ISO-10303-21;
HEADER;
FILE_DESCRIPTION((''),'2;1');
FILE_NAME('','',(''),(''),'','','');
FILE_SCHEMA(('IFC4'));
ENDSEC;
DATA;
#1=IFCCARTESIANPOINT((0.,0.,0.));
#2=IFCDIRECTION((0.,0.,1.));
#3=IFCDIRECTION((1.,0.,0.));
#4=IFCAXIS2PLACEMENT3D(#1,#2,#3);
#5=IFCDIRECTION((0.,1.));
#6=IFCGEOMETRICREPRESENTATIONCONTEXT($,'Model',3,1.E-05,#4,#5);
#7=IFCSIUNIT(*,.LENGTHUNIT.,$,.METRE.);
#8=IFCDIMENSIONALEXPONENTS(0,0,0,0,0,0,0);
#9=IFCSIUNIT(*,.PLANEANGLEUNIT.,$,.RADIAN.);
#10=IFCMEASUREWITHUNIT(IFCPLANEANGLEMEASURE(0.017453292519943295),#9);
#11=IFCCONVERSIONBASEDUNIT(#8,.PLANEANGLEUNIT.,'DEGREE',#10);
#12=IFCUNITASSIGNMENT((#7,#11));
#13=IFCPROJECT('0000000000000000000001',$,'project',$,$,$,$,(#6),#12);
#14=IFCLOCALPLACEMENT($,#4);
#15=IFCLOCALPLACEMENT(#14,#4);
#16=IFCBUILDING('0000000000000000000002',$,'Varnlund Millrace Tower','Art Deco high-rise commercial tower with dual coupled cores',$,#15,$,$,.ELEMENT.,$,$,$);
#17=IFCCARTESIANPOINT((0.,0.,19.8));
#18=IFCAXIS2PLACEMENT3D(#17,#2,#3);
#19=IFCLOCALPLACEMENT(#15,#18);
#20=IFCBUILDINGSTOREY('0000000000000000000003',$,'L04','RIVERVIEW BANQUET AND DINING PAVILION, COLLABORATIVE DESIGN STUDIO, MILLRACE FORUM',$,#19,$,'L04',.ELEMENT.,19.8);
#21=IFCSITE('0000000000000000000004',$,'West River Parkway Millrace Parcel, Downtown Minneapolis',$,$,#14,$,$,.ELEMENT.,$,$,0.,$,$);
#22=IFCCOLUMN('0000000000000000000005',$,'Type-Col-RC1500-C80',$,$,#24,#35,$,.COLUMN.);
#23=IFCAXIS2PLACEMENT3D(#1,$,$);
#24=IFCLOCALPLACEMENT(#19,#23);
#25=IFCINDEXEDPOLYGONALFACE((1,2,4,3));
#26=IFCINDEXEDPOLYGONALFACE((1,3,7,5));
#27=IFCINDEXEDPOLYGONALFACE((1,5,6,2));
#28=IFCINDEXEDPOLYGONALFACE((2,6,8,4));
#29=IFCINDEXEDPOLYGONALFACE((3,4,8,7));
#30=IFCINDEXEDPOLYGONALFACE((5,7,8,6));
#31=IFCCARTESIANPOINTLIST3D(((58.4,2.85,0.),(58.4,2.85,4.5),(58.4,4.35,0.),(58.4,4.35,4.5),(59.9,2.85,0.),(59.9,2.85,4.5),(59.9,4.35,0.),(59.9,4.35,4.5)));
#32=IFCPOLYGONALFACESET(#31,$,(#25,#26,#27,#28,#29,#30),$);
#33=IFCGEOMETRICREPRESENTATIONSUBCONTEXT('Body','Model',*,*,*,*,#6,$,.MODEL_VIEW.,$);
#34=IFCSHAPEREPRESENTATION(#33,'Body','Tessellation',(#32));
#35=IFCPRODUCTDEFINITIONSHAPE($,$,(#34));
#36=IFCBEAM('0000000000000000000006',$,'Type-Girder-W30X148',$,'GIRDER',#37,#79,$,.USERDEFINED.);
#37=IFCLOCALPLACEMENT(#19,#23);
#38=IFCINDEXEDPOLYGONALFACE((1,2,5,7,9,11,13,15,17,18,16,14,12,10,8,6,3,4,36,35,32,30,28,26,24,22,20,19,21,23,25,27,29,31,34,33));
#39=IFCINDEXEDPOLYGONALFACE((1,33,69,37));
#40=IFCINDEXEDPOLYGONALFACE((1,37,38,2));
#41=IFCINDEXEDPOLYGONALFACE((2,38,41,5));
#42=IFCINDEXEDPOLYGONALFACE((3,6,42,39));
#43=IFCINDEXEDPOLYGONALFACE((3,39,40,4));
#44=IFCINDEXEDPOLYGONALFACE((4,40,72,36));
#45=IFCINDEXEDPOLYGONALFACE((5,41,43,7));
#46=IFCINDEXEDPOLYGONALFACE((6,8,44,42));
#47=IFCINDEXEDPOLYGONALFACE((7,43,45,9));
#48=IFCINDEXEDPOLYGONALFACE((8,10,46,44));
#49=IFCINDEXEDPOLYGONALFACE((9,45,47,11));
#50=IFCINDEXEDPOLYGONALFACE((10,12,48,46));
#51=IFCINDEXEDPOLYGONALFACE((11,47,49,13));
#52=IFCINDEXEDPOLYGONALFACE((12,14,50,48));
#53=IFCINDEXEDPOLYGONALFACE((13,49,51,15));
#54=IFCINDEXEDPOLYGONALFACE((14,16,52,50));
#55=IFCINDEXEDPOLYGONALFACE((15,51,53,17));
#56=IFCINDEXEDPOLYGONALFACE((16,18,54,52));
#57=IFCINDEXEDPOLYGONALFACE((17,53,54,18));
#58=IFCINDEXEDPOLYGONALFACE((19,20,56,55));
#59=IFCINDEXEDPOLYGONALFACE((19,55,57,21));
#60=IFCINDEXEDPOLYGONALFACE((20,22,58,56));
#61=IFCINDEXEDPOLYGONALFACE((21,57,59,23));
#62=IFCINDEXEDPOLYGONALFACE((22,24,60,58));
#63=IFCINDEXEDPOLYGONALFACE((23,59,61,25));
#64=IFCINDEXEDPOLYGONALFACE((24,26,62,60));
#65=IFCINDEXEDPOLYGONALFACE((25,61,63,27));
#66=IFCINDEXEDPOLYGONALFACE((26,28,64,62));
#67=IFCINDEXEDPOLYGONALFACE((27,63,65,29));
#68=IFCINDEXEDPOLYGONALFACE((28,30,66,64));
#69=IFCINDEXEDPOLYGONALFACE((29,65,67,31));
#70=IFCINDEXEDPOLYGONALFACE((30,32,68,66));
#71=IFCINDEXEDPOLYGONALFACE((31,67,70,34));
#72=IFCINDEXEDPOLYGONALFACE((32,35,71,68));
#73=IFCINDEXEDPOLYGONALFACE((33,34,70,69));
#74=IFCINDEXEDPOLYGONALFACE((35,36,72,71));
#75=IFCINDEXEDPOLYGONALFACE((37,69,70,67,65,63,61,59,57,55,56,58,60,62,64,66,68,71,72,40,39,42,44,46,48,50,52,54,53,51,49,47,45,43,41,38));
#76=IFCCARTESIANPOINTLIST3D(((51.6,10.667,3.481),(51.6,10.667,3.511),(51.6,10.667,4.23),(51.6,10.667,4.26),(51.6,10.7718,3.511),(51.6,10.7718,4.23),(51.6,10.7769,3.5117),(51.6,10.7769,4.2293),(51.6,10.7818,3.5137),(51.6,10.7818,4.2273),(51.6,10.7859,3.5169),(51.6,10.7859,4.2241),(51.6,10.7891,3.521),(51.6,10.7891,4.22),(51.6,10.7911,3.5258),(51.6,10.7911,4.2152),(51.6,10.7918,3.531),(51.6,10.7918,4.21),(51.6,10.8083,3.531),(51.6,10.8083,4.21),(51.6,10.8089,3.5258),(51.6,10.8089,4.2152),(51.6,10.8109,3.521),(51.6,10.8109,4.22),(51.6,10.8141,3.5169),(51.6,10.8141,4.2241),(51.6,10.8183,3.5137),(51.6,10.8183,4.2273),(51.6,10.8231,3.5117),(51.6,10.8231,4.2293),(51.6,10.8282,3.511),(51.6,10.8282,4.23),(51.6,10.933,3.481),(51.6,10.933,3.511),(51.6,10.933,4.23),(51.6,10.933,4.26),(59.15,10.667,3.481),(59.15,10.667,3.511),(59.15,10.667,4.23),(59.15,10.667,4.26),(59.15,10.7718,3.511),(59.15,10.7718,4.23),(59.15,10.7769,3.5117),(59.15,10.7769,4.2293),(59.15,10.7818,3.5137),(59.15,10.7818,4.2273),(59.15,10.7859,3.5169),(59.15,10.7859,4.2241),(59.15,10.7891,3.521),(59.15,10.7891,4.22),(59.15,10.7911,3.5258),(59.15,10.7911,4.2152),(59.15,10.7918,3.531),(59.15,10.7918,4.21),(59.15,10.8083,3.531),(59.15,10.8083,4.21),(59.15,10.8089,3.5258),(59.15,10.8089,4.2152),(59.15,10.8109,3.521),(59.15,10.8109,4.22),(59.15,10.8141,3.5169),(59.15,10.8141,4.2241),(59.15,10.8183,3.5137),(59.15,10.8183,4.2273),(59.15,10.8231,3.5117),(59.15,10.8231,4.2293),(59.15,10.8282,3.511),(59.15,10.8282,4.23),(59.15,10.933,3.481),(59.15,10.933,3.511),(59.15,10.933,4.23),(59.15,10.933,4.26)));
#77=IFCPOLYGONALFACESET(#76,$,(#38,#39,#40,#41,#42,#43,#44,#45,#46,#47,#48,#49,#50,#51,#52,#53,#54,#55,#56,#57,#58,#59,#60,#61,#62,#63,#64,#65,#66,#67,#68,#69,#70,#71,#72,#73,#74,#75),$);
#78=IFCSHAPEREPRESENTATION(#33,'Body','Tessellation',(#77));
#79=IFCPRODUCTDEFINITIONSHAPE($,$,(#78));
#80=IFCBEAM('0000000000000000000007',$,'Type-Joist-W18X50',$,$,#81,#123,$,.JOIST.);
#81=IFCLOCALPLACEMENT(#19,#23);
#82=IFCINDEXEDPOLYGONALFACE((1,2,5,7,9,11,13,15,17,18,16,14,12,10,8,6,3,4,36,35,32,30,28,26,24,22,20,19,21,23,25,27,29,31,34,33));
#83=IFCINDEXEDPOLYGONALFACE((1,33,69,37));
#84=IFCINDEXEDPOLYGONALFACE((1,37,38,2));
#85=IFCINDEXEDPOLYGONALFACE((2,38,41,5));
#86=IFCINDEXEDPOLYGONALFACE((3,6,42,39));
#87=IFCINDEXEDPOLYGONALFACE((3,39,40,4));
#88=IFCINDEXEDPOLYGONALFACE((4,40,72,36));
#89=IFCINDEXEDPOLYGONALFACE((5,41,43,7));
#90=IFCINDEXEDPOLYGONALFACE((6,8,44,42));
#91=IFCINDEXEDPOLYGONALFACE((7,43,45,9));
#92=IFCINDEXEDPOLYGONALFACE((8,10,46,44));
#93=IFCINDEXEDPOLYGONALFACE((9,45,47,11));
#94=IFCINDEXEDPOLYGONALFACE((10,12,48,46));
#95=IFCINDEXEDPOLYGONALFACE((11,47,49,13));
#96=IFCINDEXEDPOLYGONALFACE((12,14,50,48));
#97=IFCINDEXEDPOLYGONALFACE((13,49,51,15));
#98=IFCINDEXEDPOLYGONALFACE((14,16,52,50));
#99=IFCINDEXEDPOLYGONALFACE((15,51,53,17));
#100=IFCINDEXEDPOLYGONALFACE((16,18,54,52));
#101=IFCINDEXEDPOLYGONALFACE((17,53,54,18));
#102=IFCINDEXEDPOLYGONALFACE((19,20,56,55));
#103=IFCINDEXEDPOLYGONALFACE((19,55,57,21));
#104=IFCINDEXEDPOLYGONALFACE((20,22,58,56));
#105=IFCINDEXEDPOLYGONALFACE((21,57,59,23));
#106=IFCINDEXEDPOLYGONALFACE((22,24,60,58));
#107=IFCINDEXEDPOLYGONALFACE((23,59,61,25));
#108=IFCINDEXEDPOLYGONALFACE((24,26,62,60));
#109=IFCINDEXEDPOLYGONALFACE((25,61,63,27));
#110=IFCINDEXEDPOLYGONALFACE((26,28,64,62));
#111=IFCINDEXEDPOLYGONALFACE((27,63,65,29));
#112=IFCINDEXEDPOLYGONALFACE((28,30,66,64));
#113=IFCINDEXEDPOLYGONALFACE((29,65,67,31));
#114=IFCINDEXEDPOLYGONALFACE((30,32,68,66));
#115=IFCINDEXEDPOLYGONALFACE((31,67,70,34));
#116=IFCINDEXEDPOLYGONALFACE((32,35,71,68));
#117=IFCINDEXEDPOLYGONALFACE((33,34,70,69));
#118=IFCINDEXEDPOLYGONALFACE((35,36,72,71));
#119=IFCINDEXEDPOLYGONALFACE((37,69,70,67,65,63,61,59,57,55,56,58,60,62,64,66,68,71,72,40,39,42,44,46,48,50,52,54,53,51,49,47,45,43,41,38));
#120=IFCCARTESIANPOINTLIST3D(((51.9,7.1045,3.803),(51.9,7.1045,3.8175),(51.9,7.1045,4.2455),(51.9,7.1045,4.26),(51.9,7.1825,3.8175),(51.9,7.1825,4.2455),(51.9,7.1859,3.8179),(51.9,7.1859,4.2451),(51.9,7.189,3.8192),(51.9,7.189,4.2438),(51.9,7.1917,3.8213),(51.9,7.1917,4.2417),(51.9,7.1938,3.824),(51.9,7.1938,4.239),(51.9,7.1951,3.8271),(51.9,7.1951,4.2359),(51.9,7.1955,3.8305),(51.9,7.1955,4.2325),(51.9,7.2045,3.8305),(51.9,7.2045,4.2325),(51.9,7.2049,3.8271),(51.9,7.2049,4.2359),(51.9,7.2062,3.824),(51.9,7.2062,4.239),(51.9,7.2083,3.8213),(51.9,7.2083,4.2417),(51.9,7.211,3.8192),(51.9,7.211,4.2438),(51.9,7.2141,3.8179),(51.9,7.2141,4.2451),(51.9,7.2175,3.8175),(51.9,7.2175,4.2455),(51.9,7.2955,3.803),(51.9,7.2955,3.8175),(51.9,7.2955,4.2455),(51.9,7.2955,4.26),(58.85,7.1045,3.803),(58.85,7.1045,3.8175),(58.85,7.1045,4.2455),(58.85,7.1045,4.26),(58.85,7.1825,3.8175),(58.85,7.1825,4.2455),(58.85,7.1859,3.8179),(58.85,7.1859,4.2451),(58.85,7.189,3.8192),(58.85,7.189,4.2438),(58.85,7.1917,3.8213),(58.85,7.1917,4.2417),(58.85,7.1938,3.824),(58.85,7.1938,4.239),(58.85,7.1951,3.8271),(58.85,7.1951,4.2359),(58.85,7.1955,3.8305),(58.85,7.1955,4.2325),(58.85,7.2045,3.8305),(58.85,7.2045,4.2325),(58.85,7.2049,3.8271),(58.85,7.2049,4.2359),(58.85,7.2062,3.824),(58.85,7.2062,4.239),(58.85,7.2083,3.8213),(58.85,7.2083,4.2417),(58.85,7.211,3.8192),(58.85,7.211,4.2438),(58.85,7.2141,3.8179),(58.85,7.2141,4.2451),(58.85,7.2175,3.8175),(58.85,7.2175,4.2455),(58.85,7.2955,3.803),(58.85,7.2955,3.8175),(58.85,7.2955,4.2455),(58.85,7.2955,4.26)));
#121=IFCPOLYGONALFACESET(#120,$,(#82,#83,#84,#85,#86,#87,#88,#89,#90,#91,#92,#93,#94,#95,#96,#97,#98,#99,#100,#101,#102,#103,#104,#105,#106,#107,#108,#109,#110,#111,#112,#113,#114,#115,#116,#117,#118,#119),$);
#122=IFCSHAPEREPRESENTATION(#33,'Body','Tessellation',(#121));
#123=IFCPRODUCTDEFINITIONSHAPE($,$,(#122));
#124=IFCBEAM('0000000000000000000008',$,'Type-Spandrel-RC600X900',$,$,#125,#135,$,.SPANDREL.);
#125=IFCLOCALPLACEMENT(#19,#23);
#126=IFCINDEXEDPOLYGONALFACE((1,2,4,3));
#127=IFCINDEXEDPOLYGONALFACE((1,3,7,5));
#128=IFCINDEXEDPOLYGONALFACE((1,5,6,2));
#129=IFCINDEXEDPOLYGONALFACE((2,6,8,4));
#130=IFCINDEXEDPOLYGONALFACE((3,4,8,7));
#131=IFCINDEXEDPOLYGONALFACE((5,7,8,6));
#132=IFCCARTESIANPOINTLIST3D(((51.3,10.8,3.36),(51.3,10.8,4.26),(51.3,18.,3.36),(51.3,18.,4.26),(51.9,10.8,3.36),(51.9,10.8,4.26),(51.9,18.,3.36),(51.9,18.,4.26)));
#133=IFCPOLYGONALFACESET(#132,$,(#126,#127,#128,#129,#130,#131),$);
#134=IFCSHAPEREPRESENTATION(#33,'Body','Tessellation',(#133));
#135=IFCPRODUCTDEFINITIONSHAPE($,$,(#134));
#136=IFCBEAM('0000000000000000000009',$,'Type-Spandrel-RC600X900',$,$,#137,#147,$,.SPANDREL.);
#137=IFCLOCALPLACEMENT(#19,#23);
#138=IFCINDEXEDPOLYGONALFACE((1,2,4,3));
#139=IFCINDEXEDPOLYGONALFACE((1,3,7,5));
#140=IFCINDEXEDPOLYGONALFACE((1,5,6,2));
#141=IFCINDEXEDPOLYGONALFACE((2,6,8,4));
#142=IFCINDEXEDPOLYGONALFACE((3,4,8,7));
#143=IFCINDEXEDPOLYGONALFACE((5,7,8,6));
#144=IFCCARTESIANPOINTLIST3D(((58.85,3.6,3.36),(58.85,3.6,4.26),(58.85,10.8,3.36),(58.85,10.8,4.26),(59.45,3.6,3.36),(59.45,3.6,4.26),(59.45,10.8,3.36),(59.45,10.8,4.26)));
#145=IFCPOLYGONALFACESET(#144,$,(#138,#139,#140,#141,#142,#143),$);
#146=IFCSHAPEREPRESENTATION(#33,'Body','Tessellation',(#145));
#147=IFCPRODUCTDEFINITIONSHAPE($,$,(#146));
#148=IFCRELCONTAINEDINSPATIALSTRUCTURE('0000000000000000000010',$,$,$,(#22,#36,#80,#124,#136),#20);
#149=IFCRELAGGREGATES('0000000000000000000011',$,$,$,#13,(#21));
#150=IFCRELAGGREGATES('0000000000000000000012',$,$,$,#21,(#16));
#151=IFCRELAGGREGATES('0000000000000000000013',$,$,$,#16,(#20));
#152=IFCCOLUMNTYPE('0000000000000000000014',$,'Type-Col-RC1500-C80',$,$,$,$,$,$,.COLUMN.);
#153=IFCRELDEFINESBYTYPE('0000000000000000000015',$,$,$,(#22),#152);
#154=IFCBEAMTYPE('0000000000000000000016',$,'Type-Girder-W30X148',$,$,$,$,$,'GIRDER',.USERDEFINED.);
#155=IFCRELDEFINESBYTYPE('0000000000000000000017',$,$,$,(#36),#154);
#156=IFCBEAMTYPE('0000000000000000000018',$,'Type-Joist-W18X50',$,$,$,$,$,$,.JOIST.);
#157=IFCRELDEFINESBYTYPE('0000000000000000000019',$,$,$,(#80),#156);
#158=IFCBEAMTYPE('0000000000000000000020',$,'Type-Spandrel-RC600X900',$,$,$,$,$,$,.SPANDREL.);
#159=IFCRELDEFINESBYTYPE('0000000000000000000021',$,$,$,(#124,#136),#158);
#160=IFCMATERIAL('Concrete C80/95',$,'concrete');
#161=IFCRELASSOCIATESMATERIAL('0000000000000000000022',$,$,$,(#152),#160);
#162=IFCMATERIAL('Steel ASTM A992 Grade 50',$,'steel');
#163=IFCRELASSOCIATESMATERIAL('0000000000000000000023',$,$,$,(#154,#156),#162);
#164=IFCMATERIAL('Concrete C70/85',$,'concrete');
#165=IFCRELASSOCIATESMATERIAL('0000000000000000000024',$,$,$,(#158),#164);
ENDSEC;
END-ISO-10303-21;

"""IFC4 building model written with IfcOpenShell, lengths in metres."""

from ifc_helpers import new_model, entity, si_unit, converted_unit, direction, frame, origin_with_axes, origin_2d_with_axis, place, context, subcontext, project, spatial, rectangle, i_section, extrude, material, material_profile, profile_set, type_object, element, save


model = new_model("IFC4")

# Units and contexts
model_context = context("Model", 3, precision=1e-05, world=origin_with_axes(), true_north=direction((0.0, 1.0)))
body_context = subcontext(model_context, "Body", "Model", "MODEL_VIEW")
ifc_project = project(units=[si_unit("LENGTHUNIT", "METRE"), converted_unit("PLANEANGLEUNIT", "DEGREE", entity("IfcPlaneAngleMeasure", 0.017453292519943295), si_unit("PLANEANGLEUNIT", "RADIAN"), dimensions=[0, 0, 0, 0, 0, 0, 0])], contexts=[model_context])

# Site, building, storey
site_placement = place(None, origin_with_axes())
site = spatial("IfcSite", under=ifc_project, at=site_placement, Name="West River Parkway Millrace Parcel, Downtown Minneapolis", CompositionType="ELEMENT", RefElevation=0.0)
building_placement = place(site_placement, origin_with_axes())
building = spatial("IfcBuilding", under=site, at=building_placement, Name="Varnlund Millrace Tower", Description="Art Deco high-rise commercial tower with dual coupled cores", CompositionType="ELEMENT")
storey_placement = place(building_placement, frame((0.0, 0.0, 19.8), z_axis=(0.0, 0.0, 1.0), x_axis=(1.0, 0.0, 0.0)))
storey = spatial("IfcBuildingStorey", under=building, at=storey_placement, Name="L04", Description="RIVERVIEW BANQUET AND DINING PAVILION, COLLABORATIVE DESIGN STUDIO, MILLRACE FORUM", LongName="L04", CompositionType="ELEMENT", Elevation=19.8)

# Column
ifc_material_1 = material(Name="Concrete C80/95", Category="concrete")
ifc_material_profile_1 = material_profile(ifc_material_1, rectangle(XDim=1.5, YDim=1.5, at=origin_2d_with_axis()), Name="Concrete C80/95")
ifc_profile_set_1 = profile_set([ifc_material_profile_1], Name="Concrete C80/95")
column_type = type_object("IfcColumnType", Name="Type-Col-RC1500-C80", PredefinedType="COLUMN", material=ifc_profile_set_1)
column_placement = place(storey_placement, frame((59.15, 3.6, 0.0), z_axis=(0.0, 0.0, 1.0), x_axis=(1.0, 0.0, 0.0)))
element("IfcColumn", 1, at=column_placement, inside=storey, type_object=column_type, Name="Type-Col-RC1500-C80", PredefinedType="COLUMN", context=body_context, shape_type="SweptSolid", body=[
    extrude(rectangle(XDim=1.5, YDim=1.5, at=origin_2d_with_axis()), origin_with_axes(), (0.0, 0.0, 1.0), 4.5),
])

# Beams
ifc_material_2 = material(Name="Steel ASTM A992 Grade 50", Category="steel")
ifc_material_profile_2 = material_profile(ifc_material_2, i_section(OverallWidth=0.266, OverallDepth=0.779, WebThickness=0.0165, FlangeThickness=0.03, FilletRadius=0.02, at=origin_2d_with_axis()), Name="Steel ASTM A992 Grade 50")
ifc_profile_set_2 = profile_set([ifc_material_profile_2], Name="Steel ASTM A992 Grade 50")
beam_type_1 = type_object("IfcBeamType", Name="Type-Girder-W30X148", ElementType="GIRDER", PredefinedType="USERDEFINED", material=ifc_profile_set_2)
beam_1_placement = place(storey_placement, frame((51.6, 10.8, 3.8705), z_axis=(1.0, 0.0, 0.0), x_axis=(0.0, 1.0, 0.0)))
element("IfcBeam", 2, at=beam_1_placement, inside=storey, type_object=beam_type_1, Name="Type-Girder-W30X148", ObjectType="GIRDER", PredefinedType="USERDEFINED", context=body_context, shape_type="SweptSolid", body=[
    extrude(i_section(OverallWidth=0.266, OverallDepth=0.779, WebThickness=0.0165, FlangeThickness=0.03, FilletRadius=0.02, at=origin_2d_with_axis()), origin_with_axes(), (0.0, 0.0, 1.0), 7.55),
])
ifc_material_profile_3 = material_profile(ifc_material_2, i_section(OverallWidth=0.191, OverallDepth=0.457, WebThickness=0.009, FlangeThickness=0.0145, FilletRadius=0.013, at=origin_2d_with_axis()), Name="Steel ASTM A992 Grade 50")
ifc_profile_set_3 = profile_set([ifc_material_profile_3], Name="Steel ASTM A992 Grade 50")
beam_type_2 = type_object("IfcBeamType", Name="Type-Joist-W18X50", PredefinedType="JOIST", material=ifc_profile_set_3)
beam_2_placement = place(storey_placement, frame((51.9, 7.2, 4.0315), z_axis=(1.0, 0.0, 0.0), x_axis=(0.0, 1.0, 0.0)))
element("IfcBeam", 3, at=beam_2_placement, inside=storey, type_object=beam_type_2, Name="Type-Joist-W18X50", PredefinedType="JOIST", context=body_context, shape_type="SweptSolid", body=[
    extrude(i_section(OverallWidth=0.191, OverallDepth=0.457, WebThickness=0.009, FlangeThickness=0.0145, FilletRadius=0.013, at=origin_2d_with_axis()), origin_with_axes(), (0.0, 0.0, 1.0), 6.95),
])
ifc_material_3 = material(Name="Concrete C70/85", Category="concrete")
ifc_material_profile_4 = material_profile(ifc_material_3, rectangle(XDim=0.6, YDim=0.9, at=origin_2d_with_axis()), Name="Concrete C70/85")
ifc_profile_set_4 = profile_set([ifc_material_profile_4], Name="Concrete C70/85")
beam_type_3 = type_object("IfcBeamType", Name="Type-Spandrel-RC600X900", PredefinedType="SPANDREL", material=ifc_profile_set_4)
for number, where, z_axis, x_axis, name in (
    (4, (51.6, 10.8, 3.81), (0.0, 1.0, 0.0), (-1.0, 0.0, 0.0), "Type-Spandrel-RC600X900"),
    (5, (59.15, 3.6, 3.81), (0.0, 1.0, 0.0), (-1.0, 0.0, 0.0), "Type-Spandrel-RC600X900"),
):
    element("IfcBeam", number, at=place(storey_placement, frame(where, z_axis=z_axis, x_axis=x_axis)), inside=storey, type_object=beam_type_3, Name=name, PredefinedType="SPANDREL", context=body_context, shape_type="SweptSolid", body=[
        extrude(rectangle(XDim=0.6, YDim=0.9, at=origin_2d_with_axis()), origin_with_axes(), (0.0, 0.0, 1.0), 7.2),
    ])

save(model, "model.ifc")
